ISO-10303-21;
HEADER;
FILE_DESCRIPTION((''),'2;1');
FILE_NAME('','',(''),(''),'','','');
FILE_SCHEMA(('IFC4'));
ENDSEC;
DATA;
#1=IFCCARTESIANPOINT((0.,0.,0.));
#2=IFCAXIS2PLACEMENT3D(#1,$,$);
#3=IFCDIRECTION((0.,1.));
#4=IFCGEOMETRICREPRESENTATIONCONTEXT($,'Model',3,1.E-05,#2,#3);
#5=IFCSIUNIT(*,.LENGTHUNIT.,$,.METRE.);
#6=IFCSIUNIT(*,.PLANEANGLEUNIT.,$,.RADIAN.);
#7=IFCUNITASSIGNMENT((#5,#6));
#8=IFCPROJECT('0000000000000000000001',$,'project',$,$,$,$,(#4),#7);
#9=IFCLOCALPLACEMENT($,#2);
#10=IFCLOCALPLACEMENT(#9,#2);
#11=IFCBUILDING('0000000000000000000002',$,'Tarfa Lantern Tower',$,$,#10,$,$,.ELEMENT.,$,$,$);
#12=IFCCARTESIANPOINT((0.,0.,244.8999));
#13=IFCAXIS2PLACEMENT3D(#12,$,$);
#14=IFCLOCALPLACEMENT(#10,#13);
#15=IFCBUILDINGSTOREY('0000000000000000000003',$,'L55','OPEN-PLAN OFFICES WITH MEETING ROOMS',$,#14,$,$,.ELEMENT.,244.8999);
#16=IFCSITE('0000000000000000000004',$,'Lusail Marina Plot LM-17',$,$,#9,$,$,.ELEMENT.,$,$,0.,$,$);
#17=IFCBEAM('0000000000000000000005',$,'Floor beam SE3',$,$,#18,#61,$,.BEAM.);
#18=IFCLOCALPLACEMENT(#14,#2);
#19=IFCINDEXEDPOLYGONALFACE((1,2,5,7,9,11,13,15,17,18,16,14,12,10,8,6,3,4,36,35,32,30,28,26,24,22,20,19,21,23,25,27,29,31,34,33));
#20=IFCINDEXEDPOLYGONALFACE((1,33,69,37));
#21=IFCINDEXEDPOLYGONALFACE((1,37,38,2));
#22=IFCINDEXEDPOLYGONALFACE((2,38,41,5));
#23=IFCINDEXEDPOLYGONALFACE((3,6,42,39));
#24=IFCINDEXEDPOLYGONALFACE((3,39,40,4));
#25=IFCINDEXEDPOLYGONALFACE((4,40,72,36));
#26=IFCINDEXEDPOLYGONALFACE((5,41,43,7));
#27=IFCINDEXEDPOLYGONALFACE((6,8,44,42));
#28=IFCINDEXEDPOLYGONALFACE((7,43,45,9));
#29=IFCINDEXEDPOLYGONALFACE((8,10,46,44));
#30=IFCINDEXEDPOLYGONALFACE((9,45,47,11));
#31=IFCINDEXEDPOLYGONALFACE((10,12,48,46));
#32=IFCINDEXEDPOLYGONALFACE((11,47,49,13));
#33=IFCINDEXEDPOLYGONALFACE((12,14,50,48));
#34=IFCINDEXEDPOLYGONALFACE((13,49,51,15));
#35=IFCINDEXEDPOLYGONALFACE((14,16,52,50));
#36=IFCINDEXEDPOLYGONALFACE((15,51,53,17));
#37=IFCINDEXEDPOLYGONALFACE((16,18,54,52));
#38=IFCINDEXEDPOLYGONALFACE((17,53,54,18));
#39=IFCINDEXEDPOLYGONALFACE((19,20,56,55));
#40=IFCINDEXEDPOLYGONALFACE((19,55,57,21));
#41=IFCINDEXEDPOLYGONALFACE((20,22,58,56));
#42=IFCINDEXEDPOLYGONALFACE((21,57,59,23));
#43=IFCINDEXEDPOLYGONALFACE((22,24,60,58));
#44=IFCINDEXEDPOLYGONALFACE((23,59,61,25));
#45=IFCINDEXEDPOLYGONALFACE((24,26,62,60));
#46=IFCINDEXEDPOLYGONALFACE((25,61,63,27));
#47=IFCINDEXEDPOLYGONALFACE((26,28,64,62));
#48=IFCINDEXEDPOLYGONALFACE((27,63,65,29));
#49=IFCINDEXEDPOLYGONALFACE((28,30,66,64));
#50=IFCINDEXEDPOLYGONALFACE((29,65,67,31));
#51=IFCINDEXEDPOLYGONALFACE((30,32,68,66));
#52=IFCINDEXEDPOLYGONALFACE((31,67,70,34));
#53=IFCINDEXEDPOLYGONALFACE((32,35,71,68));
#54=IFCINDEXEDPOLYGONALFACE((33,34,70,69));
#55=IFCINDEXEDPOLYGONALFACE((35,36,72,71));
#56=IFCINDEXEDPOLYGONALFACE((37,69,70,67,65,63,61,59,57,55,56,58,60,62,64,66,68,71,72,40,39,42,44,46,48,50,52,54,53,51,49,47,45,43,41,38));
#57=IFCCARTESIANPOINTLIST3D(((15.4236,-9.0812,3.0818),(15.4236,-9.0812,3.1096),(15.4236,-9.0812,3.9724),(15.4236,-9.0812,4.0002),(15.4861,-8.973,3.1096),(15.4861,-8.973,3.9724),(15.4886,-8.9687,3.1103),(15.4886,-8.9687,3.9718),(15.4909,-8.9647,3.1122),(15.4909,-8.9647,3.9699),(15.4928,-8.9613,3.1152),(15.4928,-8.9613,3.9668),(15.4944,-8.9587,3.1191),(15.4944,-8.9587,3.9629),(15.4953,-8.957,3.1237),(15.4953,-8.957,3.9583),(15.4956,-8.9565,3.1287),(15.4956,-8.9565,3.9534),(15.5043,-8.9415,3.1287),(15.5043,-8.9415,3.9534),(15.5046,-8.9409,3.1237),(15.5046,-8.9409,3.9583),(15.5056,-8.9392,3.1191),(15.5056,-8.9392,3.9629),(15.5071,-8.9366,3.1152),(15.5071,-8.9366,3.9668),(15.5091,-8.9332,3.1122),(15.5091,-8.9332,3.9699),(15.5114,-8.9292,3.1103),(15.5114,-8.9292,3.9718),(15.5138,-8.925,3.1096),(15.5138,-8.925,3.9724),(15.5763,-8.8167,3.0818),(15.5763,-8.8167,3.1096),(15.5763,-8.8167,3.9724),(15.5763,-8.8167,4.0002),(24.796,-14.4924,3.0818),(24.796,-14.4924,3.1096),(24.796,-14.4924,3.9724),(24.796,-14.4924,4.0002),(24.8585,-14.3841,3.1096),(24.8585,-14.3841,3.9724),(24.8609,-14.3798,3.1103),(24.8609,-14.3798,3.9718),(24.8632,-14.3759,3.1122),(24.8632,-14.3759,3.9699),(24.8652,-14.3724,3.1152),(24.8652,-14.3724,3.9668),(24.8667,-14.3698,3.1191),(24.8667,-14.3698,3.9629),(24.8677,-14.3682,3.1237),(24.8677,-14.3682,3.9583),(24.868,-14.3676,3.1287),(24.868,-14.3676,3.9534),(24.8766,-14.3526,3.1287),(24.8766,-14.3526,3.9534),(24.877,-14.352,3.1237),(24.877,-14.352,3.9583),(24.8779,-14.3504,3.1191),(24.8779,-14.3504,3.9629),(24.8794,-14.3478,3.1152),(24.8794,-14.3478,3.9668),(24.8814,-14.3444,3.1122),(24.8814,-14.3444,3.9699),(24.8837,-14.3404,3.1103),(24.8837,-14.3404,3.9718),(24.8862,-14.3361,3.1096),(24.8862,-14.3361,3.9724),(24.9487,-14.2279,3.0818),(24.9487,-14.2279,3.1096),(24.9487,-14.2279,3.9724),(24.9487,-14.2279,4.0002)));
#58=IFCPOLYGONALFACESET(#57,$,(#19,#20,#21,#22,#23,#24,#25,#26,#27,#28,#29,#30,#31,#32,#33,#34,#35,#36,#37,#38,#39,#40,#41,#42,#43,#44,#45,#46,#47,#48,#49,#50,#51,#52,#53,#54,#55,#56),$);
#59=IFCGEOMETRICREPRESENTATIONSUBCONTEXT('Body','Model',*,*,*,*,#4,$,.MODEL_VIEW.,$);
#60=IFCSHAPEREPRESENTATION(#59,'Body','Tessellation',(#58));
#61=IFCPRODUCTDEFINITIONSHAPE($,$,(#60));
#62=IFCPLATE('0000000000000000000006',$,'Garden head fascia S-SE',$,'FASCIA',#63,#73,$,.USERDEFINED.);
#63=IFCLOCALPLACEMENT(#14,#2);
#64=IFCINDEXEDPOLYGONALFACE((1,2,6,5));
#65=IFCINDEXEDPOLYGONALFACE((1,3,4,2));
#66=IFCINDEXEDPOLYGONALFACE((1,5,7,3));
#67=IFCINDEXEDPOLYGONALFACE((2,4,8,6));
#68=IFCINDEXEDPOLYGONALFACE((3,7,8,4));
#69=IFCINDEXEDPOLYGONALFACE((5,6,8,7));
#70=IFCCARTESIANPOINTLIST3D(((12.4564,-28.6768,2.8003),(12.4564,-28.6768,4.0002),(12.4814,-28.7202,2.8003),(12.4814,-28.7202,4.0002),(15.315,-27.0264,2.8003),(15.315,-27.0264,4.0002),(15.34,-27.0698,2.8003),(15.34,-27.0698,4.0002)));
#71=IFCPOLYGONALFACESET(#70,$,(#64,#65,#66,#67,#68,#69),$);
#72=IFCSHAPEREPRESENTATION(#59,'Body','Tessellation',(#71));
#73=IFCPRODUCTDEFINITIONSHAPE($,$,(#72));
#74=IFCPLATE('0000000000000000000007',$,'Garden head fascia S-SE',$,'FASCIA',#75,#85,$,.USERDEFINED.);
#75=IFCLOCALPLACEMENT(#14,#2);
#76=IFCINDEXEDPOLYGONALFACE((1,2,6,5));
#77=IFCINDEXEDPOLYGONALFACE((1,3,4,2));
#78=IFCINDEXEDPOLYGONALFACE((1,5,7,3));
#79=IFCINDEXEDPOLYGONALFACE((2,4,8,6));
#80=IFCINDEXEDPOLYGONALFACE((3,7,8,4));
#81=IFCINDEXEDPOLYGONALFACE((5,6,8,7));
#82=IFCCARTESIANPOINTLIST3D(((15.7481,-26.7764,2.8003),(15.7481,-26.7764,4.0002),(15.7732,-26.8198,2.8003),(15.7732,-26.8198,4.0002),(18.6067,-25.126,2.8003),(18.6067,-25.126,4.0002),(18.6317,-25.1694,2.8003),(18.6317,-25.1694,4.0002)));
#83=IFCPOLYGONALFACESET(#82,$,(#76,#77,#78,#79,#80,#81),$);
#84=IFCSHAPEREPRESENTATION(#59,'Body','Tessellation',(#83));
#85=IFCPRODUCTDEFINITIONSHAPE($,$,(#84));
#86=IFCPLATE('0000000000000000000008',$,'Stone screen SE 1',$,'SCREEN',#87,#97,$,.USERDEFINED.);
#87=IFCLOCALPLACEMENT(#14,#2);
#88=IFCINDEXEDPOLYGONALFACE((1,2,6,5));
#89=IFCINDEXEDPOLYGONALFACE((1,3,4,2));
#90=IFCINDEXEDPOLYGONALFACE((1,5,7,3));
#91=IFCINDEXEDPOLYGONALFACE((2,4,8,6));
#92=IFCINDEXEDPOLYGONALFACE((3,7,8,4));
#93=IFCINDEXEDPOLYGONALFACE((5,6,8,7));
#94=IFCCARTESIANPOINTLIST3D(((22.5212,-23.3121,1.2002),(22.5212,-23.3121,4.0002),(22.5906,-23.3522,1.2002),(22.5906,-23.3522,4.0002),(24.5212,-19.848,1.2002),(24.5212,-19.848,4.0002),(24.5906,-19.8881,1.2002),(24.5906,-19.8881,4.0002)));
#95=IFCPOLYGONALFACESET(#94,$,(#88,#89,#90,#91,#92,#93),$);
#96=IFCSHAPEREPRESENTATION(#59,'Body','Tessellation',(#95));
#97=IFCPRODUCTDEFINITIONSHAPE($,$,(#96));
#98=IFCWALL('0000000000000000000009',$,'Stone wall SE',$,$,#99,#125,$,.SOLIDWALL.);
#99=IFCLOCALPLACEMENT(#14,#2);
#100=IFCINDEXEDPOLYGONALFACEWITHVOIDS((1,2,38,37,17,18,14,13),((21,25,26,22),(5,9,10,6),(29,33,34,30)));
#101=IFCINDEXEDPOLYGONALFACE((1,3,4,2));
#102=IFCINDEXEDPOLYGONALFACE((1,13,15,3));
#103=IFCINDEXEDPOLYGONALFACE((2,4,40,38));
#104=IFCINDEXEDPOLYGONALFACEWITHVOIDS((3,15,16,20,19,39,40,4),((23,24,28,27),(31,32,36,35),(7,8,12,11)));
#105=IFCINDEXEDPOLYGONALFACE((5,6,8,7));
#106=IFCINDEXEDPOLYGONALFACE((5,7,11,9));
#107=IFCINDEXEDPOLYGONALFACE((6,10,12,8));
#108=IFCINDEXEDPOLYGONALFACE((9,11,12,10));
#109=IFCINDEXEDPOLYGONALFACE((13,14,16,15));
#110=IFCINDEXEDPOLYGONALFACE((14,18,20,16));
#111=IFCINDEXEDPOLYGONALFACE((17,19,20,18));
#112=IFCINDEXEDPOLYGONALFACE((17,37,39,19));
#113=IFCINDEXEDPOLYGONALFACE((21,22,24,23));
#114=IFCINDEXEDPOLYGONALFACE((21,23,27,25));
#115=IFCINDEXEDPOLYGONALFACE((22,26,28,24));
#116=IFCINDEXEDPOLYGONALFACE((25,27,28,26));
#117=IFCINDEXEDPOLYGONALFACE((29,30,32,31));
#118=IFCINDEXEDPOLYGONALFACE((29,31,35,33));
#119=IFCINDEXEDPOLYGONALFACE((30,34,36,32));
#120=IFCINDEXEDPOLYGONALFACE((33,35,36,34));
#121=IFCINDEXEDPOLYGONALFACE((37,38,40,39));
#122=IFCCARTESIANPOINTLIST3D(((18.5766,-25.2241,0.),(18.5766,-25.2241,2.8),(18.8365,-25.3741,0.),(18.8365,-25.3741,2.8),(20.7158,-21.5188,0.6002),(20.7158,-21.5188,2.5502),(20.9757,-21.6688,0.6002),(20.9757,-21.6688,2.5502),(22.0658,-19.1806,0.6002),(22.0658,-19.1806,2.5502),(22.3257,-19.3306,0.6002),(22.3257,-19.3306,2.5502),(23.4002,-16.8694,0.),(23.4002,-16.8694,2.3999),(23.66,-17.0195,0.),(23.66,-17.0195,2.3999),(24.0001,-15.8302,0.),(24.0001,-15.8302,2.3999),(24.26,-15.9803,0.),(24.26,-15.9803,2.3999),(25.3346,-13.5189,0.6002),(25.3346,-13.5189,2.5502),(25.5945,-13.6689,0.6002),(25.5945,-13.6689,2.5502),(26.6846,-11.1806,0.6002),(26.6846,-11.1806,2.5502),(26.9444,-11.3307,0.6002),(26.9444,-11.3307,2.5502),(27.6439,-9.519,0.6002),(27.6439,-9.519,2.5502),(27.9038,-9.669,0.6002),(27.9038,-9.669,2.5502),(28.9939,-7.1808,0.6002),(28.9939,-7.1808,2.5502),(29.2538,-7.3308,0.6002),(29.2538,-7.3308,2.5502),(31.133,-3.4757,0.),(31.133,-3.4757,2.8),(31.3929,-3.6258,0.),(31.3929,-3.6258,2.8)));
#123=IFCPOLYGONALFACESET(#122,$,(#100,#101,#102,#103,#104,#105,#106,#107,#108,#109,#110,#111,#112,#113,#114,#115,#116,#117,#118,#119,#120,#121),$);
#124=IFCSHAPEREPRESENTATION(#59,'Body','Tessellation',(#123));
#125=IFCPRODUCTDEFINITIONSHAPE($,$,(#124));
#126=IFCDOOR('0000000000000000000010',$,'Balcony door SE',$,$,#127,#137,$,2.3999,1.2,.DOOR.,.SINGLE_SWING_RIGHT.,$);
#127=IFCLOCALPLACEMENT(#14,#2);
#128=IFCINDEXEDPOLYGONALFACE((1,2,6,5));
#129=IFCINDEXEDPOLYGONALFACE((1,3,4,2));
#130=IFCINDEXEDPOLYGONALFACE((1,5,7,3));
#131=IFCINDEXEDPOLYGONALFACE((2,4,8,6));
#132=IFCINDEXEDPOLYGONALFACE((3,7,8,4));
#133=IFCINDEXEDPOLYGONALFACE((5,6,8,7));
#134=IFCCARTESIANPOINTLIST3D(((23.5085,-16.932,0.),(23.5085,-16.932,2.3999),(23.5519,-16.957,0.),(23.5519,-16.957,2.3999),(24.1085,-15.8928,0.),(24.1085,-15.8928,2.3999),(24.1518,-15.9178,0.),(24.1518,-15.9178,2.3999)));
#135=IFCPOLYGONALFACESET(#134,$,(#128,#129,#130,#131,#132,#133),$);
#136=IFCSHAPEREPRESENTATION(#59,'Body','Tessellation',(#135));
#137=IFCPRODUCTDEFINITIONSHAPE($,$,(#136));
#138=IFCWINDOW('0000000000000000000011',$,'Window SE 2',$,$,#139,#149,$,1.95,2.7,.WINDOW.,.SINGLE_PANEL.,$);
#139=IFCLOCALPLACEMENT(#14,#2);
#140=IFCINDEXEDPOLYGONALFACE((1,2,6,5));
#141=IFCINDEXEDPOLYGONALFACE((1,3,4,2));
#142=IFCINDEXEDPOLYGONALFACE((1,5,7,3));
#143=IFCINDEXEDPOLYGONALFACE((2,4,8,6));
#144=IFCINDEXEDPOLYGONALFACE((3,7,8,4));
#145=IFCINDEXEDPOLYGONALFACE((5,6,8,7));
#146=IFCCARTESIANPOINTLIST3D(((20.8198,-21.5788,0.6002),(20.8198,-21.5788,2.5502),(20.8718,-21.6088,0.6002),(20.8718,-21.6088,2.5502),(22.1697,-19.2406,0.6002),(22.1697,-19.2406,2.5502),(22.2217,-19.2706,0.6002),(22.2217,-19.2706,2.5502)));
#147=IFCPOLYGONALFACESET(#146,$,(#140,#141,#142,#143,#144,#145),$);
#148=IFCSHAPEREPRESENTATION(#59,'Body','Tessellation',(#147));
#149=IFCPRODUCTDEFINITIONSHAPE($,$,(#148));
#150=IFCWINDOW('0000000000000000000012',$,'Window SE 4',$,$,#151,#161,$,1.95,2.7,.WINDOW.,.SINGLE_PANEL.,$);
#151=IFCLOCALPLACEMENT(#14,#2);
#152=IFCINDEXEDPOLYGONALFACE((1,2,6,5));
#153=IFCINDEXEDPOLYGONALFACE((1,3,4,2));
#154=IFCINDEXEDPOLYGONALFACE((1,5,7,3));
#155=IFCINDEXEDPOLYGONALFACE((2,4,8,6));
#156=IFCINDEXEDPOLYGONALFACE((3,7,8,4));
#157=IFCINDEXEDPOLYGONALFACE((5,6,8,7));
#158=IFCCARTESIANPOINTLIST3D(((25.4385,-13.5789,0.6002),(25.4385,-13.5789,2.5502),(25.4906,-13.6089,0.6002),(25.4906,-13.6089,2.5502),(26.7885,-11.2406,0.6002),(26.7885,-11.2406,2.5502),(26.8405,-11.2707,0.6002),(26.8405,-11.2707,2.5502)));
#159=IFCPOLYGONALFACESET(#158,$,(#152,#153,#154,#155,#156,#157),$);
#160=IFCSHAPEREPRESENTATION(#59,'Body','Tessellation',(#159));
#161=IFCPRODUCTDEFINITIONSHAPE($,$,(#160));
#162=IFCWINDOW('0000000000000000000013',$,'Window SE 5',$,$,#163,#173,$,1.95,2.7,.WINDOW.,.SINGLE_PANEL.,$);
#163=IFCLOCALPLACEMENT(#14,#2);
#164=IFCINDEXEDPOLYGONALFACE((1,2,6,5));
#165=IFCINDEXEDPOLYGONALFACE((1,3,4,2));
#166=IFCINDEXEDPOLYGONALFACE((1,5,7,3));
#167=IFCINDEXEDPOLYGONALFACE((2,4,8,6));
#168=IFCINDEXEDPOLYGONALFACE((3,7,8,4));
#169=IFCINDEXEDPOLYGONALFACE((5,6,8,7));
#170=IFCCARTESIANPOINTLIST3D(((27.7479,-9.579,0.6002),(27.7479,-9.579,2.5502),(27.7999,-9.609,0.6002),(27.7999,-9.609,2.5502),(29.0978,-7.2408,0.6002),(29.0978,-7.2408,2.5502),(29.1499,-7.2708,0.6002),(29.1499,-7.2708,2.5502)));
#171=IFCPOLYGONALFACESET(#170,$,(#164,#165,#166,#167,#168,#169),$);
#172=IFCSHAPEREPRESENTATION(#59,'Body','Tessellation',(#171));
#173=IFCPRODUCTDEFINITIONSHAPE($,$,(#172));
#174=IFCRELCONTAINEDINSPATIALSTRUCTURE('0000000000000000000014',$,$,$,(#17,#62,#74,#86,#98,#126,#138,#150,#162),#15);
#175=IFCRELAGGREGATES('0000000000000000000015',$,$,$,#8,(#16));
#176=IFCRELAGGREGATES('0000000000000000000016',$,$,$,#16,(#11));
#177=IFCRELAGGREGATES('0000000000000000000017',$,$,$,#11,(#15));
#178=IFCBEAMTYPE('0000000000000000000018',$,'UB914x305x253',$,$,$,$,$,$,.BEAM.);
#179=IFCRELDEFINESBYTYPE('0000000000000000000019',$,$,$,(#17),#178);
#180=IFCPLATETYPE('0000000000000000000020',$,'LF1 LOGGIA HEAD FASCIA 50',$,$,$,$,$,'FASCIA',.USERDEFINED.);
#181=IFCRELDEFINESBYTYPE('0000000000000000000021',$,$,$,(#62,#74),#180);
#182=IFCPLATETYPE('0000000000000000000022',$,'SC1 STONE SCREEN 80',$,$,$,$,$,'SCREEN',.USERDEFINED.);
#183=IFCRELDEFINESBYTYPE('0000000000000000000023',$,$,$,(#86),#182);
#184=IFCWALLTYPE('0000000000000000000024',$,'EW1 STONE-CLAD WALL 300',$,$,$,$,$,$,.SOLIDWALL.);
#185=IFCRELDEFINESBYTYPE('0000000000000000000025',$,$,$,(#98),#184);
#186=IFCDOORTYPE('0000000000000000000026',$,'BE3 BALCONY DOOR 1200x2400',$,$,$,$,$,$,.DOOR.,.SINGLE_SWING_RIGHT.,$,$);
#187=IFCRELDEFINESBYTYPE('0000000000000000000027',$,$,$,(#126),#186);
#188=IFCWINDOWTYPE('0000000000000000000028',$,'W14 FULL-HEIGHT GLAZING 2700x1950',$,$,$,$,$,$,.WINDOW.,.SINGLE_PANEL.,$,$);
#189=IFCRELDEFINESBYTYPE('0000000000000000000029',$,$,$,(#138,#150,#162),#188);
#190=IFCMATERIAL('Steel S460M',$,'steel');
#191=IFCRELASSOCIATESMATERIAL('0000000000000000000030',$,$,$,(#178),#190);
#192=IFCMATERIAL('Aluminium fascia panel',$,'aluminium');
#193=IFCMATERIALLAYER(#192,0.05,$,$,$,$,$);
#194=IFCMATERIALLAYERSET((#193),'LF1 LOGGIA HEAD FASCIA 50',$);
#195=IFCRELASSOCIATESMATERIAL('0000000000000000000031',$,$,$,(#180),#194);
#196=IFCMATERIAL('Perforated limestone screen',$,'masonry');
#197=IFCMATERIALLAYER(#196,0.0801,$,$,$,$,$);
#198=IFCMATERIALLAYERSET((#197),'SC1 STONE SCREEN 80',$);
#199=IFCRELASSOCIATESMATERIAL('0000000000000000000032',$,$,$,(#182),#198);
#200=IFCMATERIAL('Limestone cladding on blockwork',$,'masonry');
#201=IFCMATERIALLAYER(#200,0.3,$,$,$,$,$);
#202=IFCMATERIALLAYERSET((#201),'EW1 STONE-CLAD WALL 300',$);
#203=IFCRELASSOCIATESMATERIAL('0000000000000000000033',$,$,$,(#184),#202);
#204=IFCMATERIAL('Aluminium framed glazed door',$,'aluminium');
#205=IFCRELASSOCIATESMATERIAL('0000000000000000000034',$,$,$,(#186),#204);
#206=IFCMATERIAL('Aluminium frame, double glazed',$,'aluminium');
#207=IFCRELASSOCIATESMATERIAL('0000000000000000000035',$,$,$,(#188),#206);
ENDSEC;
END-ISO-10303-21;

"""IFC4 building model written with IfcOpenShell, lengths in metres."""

from ifc_helpers import new_model, si_unit, direction, frame, frame_2d, origin, origin_2d, place, context, subcontext, project, spatial, rectangle, i_section, extrude, material, layer, layer_set, material_profile, profile_set, type_object, element, fill, save


model = new_model("IFC4")

# Units and contexts
model_context = context("Model", 3, precision=1e-05, world=origin(), true_north=direction((0.0, 1.0)))
body_context = subcontext(model_context, "Body", "Model", "MODEL_VIEW")
ifc_project = project(units=[si_unit("LENGTHUNIT", "METRE"), si_unit("PLANEANGLEUNIT", "RADIAN")], contexts=[model_context])

# Site, building, storey
site_placement = place(None, origin())
site = spatial("IfcSite", under=ifc_project, at=site_placement, Name="Lusail Marina Plot LM-17", CompositionType="ELEMENT", RefElevation=0.0)
building_placement = place(site_placement, origin())
building = spatial("IfcBuilding", under=site, at=building_placement, Name="Tarfa Lantern Tower", CompositionType="ELEMENT")
storey_placement = place(building_placement, frame((0.0, 0.0, 244.8999)))
storey = spatial("IfcBuildingStorey", under=building, at=storey_placement, Name="L55", Description="OPEN-PLAN OFFICES WITH MEETING ROOMS", CompositionType="ELEMENT", Elevation=244.8999)

# Beam
ifc_material_1 = material(Name="Steel S460M", Category="steel")
ifc_material_profile_1 = material_profile(ifc_material_1, i_section(OverallWidth=0.3054, OverallDepth=0.9185, WebThickness=0.0173, FlangeThickness=0.0278, FilletRadius=0.019, at=origin_2d()), Name="UB914x305x253")
ifc_profile_set_1 = profile_set([ifc_material_profile_1], Name="Steel S460M")
beam_type_1 = type_object("IfcBeamType", Name="UB914x305x253", PredefinedType="BEAM", material=ifc_profile_set_1)
beam_1_placement = place(storey_placement, frame((24.8723, -14.3601, 3.541), z_axis=(-0.866024, 0.500002, 0.0), x_axis=(-0.500002, -0.866024, 0.0)))
element("IfcBeam", 1, at=beam_1_placement, inside=storey, type_object=beam_type_1, Name="Floor beam SE3", PredefinedType="BEAM", context=body_context, shape_type="SweptSolid", body=[
    extrude(i_section(OverallWidth=0.3054, OverallDepth=0.9185, WebThickness=0.0173, FlangeThickness=0.0278, FilletRadius=0.019, at=origin_2d()), origin(), (0.0, 0.0, 1.0), 10.8223),
])

# Plates
ifc_material_2 = material(Name="Aluminium fascia panel", Category="aluminium")
ifc_layer_1 = layer(ifc_material_2, 0.05)
ifc_layer_set_1 = layer_set([ifc_layer_1], Name="LF1 LOGGIA HEAD FASCIA 50")
plate_type_1 = type_object("IfcPlateType", Name="LF1 LOGGIA HEAD FASCIA 50", ElementType="FASCIA", PredefinedType="USERDEFINED", material=ifc_layer_set_1)
for number, where, z_axis, x_axis, name in (
    (2, (13.8982, -27.8733, 2.8003), (0.0, 0.0, 1.0), (0.866025, 0.5, 0.0), "Garden head fascia S-SE"),
    (3, (17.1899, -25.9729, 2.8003), (0.0, 0.0, 1.0), (0.866025, 0.5, 0.0), "Garden head fascia S-SE"),
):
    element("IfcPlate", number, at=place(storey_placement, frame(where, z_axis=z_axis, x_axis=x_axis)), inside=storey, type_object=plate_type_1, Name=name, ObjectType="FASCIA", PredefinedType="USERDEFINED", context=body_context, shape_type="SweptSolid", body=[
        extrude(rectangle(XDim=3.3008, YDim=0.05, at=origin_2d()), origin(), (0.0, 0.0, 1.0), 1.2),
    ])
ifc_material_3 = material(Name="Perforated limestone screen", Category="masonry")
ifc_layer_2 = layer(ifc_material_3, 0.0801)
ifc_layer_set_2 = layer_set([ifc_layer_2], Name="SC1 STONE SCREEN 80")
plate_type_2 = type_object("IfcPlateType", Name="SC1 STONE SCREEN 80", ElementType="SCREEN", PredefinedType="USERDEFINED", material=ifc_layer_set_2)
plate_placement = place(storey_placement, frame((23.5559, -21.6001, 1.2002), z_axis=(0.0, 0.0, 1.0), x_axis=(0.5, 0.866025, 0.0)))
element("IfcPlate", 4, at=plate_placement, inside=storey, type_object=plate_type_2, Name="Stone screen SE 1", ObjectType="SCREEN", PredefinedType="USERDEFINED", context=body_context, shape_type="SweptSolid", body=[
    extrude(rectangle(XDim=4.0, YDim=0.0801, at=origin_2d()), origin(), (0.0, 0.0, 1.0), 2.8),
])

# Wall, openings, door, windows
ifc_material_4 = material(Name="Limestone cladding on blockwork", Category="masonry")
ifc_layer_3 = layer(ifc_material_4, 0.3)
ifc_layer_set_3 = layer_set([ifc_layer_3], Name="EW1 STONE-CLAD WALL 300")
wall_type_1 = type_object("IfcWallType", Name="EW1 STONE-CLAD WALL 300", PredefinedType="SOLIDWALL", material=ifc_layer_set_3)
wall_1_placement = place(storey_placement, frame((18.7065, -25.2991, 0.0), z_axis=(0.0, 0.0, 1.0), x_axis=(0.5, 0.866025, 0.0)))
wall_1 = element("IfcWall", 5, at=wall_1_placement, inside=storey, type_object=wall_type_1, Name="Stone wall SE", PredefinedType="SOLIDWALL", context=body_context, shape_type="SweptSolid", body=[
    extrude(rectangle(XDim=25.1128, YDim=0.3, at=frame_2d((12.5564, 0.0))), origin(), (0.0, 0.0, 1.0), 2.8),
])
opening_1_placement = place(wall_1_placement, frame((4.2783, 0.0, 0.6001)))
opening_1 = element("IfcOpeningElement", 6, at=opening_1_placement, cuts=wall_1, PredefinedType="OPENING", context=body_context, shape_type="SweptSolid", body=[
    extrude(rectangle(XDim=2.7, YDim=1.95, at=frame_2d((1.3501, 0.9751))), frame((0.0, 0.1599, 0.0), z_axis=(0.0, -1.0, 0.0), x_axis=(1.0, 0.0, 0.0)), (0.0, 0.0, 1.0), 0.3201),
])
opening_2_placement = place(wall_1_placement, frame((9.647, 0.0, 0.0)))
opening_2 = element("IfcOpeningElement", 7, at=opening_2_placement, cuts=wall_1, PredefinedType="OPENING", context=body_context, shape_type="SweptSolid", body=[
    extrude(rectangle(XDim=1.2, YDim=2.3999, at=frame_2d((0.6001, 1.2))), frame((0.0, 0.1599, 0.0), z_axis=(0.0, -1.0, 0.0), x_axis=(1.0, 0.0, 0.0)), (0.0, 0.0, 1.0), 0.3201),
])
opening_3_placement = place(wall_1_placement, frame((13.5159, 0.0, 0.6001)))
opening_3 = element("IfcOpeningElement", 8, at=opening_3_placement, cuts=wall_1, PredefinedType="OPENING", context=body_context, shape_type="SweptSolid", body=[
    extrude(rectangle(XDim=2.7, YDim=1.95, at=frame_2d((1.3501, 0.9751))), frame((0.0, 0.1599, 0.0), z_axis=(0.0, -1.0, 0.0), x_axis=(1.0, 0.0, 0.0)), (0.0, 0.0, 1.0), 0.3201),
])
opening_4_placement = place(wall_1_placement, frame((18.1345, 0.0, 0.6001)))
opening_4 = element("IfcOpeningElement", 9, at=opening_4_placement, cuts=wall_1, PredefinedType="OPENING", context=body_context, shape_type="SweptSolid", body=[
    extrude(rectangle(XDim=2.7, YDim=1.95, at=frame_2d((1.3501, 0.9751))), frame((0.0, 0.1599, 0.0), z_axis=(0.0, -1.0, 0.0), x_axis=(1.0, 0.0, 0.0)), (0.0, 0.0, 1.0), 0.3201),
])
ifc_material_5 = material(Name="Aluminium framed glazed door", Category="aluminium")
door_type_1 = type_object("IfcDoorType", Name="BE3 BALCONY DOOR 1200x2400", OperationType="SINGLE_SWING_RIGHT", PredefinedType="DOOR", material=ifc_material_5)
door_1_placement = place(opening_2_placement, origin())
door_1 = element("IfcDoor", 10, at=door_1_placement, inside=storey, type_object=door_type_1, Name="Balcony door SE", OperationType="SINGLE_SWING_RIGHT", OverallHeight=2.3999, OverallWidth=1.2, PredefinedType="DOOR", context=body_context, shape_type="SweptSolid", body=[
    extrude(rectangle(XDim=1.2, YDim=2.3999, at=frame_2d((0.6001, 1.2))), frame((0.0, 0.0249, 0.0), z_axis=(0.0, -1.0, 0.0), x_axis=(1.0, 0.0, 0.0)), (0.0, 0.0, 1.0), 0.05),
])
fill(opening_2, door_1)
ifc_material_6 = material(Name="Aluminium frame, double glazed", Category="aluminium")
window_type = type_object("IfcWindowType", Name="W14 FULL-HEIGHT GLAZING 2700x1950", PartitioningType="SINGLE_PANEL", PredefinedType="WINDOW", material=ifc_material_6)
window_1_placement = place(opening_1_placement, origin())
window_1 = element("IfcWindow", 11, at=window_1_placement, inside=storey, type_object=window_type, Name="Window SE 2", OverallHeight=1.95, OverallWidth=2.7, PartitioningType="SINGLE_PANEL", PredefinedType="WINDOW", context=body_context, shape_type="SweptSolid", body=[
    extrude(rectangle(XDim=2.7, YDim=1.95, at=frame_2d((1.3501, 0.9751))), frame((0.0, 0.03, 0.0), z_axis=(0.0, -1.0, 0.0), x_axis=(1.0, 0.0, 0.0)), (0.0, 0.0, 1.0), 0.0601),
])
fill(opening_1, window_1)
window_2_placement = place(opening_3_placement, origin())
window_2 = element("IfcWindow", 12, at=window_2_placement, inside=storey, type_object=window_type, Name="Window SE 4", OverallHeight=1.95, OverallWidth=2.7, PartitioningType="SINGLE_PANEL", PredefinedType="WINDOW", context=body_context, shape_type="SweptSolid", body=[
    extrude(rectangle(XDim=2.7, YDim=1.95, at=frame_2d((1.3501, 0.9751))), frame((0.0, 0.03, 0.0), z_axis=(0.0, -1.0, 0.0), x_axis=(1.0, 0.0, 0.0)), (0.0, 0.0, 1.0), 0.0601),
])
fill(opening_3, window_2)
window_3_placement = place(opening_4_placement, origin())
window_3 = element("IfcWindow", 13, at=window_3_placement, inside=storey, type_object=window_type, Name="Window SE 5", OverallHeight=1.95, OverallWidth=2.7, PartitioningType="SINGLE_PANEL", PredefinedType="WINDOW", context=body_context, shape_type="SweptSolid", body=[
    extrude(rectangle(XDim=2.7, YDim=1.95, at=frame_2d((1.3501, 0.9751))), frame((0.0, 0.03, 0.0), z_axis=(0.0, -1.0, 0.0), x_axis=(1.0, 0.0, 0.0)), (0.0, 0.0, 1.0), 0.0601),
])
fill(opening_4, window_3)

save(model, "model.ifc")
